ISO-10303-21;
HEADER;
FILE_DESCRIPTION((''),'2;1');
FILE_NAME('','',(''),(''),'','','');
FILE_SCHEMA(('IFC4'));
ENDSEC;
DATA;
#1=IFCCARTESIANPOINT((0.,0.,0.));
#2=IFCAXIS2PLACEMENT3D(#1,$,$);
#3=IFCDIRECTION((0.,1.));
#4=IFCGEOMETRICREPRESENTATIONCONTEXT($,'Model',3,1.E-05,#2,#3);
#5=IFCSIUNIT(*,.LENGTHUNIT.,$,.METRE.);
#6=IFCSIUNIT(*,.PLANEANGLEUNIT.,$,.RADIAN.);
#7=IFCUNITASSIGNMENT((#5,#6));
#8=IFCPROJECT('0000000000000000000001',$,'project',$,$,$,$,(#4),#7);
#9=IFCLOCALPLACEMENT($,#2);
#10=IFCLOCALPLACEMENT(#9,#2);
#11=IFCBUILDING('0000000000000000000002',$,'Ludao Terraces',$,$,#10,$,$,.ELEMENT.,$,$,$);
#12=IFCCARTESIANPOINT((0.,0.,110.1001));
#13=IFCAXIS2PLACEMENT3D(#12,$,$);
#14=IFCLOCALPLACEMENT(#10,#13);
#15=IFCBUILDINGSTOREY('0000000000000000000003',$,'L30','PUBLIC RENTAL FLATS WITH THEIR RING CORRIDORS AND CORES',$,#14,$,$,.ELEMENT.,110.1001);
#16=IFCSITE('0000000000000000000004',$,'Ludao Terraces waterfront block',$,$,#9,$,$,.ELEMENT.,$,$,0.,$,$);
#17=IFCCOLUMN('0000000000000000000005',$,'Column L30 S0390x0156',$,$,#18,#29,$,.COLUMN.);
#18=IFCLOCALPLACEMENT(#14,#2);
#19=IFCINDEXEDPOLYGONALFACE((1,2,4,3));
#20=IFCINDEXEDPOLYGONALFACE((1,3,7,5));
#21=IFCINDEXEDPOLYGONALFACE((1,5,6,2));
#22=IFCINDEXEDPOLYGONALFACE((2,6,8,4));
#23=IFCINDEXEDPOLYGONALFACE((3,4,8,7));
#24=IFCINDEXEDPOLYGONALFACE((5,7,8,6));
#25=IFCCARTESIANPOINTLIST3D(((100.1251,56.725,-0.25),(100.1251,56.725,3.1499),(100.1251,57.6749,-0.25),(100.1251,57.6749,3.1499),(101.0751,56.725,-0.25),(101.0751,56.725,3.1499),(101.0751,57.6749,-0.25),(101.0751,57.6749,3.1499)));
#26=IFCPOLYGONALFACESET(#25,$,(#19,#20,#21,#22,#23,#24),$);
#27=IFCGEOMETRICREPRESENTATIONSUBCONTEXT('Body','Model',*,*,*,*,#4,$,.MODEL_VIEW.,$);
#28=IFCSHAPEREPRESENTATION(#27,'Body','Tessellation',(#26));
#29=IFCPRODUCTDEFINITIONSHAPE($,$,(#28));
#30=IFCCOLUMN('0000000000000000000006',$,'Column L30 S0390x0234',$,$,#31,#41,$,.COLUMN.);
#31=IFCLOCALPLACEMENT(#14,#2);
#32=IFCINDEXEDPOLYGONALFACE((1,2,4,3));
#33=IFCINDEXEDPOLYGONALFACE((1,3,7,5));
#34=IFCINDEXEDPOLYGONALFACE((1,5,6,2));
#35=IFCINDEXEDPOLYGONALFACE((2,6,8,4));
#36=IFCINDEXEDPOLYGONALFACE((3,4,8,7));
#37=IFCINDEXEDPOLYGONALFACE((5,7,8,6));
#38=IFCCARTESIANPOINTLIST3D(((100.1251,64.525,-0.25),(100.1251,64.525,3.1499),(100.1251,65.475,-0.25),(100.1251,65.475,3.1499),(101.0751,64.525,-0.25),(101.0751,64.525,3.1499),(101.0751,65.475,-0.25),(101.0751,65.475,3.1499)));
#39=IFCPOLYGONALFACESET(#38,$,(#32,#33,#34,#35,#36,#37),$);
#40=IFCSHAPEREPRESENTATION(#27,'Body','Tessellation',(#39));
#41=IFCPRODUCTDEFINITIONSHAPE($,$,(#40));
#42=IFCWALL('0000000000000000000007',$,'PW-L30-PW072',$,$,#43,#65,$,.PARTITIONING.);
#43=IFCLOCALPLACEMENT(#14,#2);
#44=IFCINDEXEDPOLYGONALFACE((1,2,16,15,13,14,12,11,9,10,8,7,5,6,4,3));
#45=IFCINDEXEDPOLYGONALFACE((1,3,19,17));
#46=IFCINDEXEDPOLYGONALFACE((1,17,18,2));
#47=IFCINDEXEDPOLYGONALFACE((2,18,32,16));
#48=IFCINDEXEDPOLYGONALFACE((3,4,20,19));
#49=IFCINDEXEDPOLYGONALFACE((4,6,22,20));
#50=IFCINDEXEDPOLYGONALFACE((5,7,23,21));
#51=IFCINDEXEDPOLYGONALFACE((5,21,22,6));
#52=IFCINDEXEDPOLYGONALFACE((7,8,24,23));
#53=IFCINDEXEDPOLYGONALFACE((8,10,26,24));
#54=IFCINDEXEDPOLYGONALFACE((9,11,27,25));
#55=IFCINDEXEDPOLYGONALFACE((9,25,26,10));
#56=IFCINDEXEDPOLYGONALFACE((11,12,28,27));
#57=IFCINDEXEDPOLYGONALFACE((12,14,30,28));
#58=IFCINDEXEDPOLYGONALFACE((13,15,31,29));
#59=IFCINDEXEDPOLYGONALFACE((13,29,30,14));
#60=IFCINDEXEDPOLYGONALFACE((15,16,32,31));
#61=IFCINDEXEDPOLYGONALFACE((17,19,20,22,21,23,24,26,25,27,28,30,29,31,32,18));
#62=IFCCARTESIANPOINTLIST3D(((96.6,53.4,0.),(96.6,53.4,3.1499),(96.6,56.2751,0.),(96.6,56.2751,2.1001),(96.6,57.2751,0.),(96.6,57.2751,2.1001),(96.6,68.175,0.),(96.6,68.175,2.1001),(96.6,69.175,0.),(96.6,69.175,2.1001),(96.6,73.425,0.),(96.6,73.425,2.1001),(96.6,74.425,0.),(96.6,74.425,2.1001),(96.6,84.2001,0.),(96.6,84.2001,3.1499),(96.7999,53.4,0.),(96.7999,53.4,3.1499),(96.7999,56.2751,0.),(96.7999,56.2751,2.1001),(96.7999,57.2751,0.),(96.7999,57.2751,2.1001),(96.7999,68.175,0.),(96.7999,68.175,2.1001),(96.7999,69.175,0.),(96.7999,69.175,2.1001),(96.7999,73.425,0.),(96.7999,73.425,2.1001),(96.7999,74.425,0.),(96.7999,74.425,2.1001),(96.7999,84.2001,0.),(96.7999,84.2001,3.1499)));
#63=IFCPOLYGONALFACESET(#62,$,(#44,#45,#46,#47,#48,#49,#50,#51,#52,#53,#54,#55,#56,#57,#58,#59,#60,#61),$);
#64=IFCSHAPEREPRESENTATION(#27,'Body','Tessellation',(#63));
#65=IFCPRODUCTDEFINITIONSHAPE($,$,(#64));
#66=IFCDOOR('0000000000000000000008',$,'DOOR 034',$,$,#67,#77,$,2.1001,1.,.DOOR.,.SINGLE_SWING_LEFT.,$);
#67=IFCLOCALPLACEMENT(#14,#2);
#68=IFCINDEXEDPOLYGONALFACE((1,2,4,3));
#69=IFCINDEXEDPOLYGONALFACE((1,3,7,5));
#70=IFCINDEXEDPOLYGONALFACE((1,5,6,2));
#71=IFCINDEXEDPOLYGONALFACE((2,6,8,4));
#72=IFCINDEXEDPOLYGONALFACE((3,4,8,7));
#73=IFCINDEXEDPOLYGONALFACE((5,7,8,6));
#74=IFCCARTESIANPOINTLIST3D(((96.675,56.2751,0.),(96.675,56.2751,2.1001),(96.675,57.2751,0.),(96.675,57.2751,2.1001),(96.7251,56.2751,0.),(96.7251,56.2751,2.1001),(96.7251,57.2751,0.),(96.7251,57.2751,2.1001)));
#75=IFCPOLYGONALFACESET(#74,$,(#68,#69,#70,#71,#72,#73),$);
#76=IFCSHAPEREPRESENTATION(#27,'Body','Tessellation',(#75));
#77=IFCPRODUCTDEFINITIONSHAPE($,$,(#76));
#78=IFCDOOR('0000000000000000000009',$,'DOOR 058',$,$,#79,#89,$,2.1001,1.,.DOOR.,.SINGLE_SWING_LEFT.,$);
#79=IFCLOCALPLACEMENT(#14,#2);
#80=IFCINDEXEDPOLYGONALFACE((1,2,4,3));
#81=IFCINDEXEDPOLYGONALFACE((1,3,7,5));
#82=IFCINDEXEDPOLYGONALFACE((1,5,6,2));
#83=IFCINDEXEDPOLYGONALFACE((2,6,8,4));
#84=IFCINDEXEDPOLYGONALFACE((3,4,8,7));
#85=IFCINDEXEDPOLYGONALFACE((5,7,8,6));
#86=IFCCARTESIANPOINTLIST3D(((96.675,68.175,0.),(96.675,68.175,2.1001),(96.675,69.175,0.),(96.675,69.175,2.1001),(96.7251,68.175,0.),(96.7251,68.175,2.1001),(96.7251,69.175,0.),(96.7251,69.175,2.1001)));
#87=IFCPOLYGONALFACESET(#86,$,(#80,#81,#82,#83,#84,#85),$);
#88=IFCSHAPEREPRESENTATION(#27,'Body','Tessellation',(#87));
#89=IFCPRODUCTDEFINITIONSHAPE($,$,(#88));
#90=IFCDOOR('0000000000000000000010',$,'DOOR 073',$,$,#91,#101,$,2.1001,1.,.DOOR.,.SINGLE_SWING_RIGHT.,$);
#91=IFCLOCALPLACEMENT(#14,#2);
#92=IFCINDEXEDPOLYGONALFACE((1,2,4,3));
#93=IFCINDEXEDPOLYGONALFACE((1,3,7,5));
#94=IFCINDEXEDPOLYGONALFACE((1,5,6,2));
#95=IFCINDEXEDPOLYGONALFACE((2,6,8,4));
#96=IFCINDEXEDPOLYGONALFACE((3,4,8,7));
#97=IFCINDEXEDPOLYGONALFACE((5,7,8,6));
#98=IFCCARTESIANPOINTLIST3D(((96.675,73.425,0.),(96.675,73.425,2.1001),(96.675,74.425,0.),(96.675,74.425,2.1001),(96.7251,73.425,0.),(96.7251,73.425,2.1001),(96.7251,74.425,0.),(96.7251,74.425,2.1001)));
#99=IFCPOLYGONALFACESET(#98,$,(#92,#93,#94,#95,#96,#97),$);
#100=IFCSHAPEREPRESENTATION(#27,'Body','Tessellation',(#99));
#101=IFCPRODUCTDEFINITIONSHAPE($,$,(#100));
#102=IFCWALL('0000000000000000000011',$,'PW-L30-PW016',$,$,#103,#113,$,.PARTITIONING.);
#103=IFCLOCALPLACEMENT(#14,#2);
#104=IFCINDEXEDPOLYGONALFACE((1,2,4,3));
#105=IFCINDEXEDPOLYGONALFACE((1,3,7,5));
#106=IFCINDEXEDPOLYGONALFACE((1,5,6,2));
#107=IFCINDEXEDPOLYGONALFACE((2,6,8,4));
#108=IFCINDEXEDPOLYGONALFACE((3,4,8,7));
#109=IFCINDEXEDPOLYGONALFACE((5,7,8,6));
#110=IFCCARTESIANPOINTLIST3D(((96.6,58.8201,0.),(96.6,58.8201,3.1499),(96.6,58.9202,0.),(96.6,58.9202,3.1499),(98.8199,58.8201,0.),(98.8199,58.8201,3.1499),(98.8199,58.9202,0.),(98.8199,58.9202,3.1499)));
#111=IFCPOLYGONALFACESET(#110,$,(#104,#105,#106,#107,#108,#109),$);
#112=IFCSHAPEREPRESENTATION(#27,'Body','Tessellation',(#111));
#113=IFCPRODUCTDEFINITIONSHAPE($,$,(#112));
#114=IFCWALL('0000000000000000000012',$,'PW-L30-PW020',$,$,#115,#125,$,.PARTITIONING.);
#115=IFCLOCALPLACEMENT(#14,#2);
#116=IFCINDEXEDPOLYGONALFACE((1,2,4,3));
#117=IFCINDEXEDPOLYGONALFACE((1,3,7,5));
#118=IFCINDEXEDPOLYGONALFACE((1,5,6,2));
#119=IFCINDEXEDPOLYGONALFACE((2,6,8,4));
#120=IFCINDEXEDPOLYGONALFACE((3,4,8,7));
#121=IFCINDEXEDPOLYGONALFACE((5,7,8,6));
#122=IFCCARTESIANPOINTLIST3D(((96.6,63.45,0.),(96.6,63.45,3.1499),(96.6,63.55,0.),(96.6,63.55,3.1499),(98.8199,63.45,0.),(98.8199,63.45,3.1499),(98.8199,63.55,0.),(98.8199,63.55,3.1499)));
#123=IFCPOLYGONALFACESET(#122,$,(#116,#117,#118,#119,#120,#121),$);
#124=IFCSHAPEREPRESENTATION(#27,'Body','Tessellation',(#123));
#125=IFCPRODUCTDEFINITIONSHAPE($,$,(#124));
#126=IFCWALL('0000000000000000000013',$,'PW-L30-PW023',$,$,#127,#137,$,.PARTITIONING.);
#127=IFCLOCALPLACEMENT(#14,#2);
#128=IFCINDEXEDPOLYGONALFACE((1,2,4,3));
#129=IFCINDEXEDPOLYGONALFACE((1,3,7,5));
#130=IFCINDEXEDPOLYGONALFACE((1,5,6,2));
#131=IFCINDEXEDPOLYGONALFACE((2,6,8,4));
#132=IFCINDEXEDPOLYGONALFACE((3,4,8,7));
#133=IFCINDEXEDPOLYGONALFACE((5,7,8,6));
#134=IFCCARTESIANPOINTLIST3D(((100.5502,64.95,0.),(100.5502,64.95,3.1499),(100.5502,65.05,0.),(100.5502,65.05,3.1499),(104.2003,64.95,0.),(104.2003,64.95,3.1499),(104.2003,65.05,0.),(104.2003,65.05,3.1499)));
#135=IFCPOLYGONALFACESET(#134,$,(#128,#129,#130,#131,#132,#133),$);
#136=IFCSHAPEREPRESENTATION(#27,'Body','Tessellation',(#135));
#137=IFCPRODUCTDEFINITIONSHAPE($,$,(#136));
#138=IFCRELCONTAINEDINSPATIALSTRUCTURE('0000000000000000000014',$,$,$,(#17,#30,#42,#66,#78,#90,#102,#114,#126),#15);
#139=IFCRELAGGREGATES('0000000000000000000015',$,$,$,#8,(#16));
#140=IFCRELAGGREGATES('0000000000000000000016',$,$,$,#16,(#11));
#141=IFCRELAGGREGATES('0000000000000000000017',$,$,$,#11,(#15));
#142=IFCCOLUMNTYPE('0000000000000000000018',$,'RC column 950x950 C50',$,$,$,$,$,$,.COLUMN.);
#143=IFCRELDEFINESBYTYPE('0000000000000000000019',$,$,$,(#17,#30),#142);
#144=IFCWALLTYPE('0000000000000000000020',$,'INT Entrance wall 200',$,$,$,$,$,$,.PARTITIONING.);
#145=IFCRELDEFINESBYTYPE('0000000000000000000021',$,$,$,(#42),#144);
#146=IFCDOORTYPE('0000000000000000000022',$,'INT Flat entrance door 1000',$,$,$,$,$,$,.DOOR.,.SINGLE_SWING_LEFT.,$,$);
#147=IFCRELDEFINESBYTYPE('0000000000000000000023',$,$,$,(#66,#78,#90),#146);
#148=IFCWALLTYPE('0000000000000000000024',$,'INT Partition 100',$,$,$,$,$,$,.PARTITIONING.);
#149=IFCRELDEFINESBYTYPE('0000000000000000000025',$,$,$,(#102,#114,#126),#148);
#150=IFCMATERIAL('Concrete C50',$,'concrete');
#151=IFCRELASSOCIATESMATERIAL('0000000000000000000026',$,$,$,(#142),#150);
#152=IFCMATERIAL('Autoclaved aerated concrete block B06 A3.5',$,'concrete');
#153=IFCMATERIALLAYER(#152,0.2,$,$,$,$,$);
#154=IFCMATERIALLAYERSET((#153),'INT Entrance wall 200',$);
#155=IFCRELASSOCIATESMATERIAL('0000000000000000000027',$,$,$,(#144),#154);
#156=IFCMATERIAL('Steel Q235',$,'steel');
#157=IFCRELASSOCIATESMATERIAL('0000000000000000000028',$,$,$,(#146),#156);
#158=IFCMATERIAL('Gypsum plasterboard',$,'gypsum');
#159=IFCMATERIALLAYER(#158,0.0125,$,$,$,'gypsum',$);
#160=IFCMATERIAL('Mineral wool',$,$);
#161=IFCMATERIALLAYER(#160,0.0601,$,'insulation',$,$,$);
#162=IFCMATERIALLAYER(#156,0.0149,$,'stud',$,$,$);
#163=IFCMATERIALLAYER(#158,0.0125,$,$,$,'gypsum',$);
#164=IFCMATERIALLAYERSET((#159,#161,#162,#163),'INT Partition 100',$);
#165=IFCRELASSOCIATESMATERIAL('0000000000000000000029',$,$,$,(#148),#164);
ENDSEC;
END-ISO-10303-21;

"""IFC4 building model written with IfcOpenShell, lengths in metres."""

from ifc_helpers import new_model, si_unit, direction, frame, frame_2d, origin, origin_2d, place, context, subcontext, project, spatial, rectangle, extrude, material, layer, layer_set, material_profile, profile_set, type_object, element, fill, save


model = new_model("IFC4")

# Units and contexts
model_context = context("Model", 3, precision=1e-05, world=origin(), true_north=direction((0.0, 1.0)))
body_context = subcontext(model_context, "Body", "Model", "MODEL_VIEW")
ifc_project = project(units=[si_unit("LENGTHUNIT", "METRE"), si_unit("PLANEANGLEUNIT", "RADIAN")], contexts=[model_context])

# Site, building, storey
site_placement = place(None, origin())
site = spatial("IfcSite", under=ifc_project, at=site_placement, Name="Ludao Terraces waterfront block", CompositionType="ELEMENT", RefElevation=0.0)
building_placement = place(site_placement, origin())
building = spatial("IfcBuilding", under=site, at=building_placement, Name="Ludao Terraces", CompositionType="ELEMENT")
storey_placement = place(building_placement, frame((0.0, 0.0, 110.1001)))
storey = spatial("IfcBuildingStorey", under=building, at=storey_placement, Name="L30", Description="PUBLIC RENTAL FLATS WITH THEIR RING CORRIDORS AND CORES", CompositionType="ELEMENT", Elevation=110.1001)

# Columns
ifc_material_1 = material(Name="Concrete C50", Category="concrete")
ifc_material_profile = material_profile(ifc_material_1, rectangle(XDim=0.95, YDim=0.95, at=origin_2d()), Name="950 X 950")
ifc_profile_set = profile_set([ifc_material_profile], Name="Concrete C50")
column_type = type_object("IfcColumnType", Name="RC column 950x950 C50", PredefinedType="COLUMN", material=ifc_profile_set)
for number, where, z_axis, x_axis, name in (
    (1, (100.6001, 57.2, -0.25), (0.0, 0.0, 1.0), (1.0, 0.0, 0.0), "Column L30 S0390x0156"),
    (2, (100.6001, 65.0, -0.25), (0.0, 0.0, 1.0), (1.0, 0.0, 0.0), "Column L30 S0390x0234"),
):
    element("IfcColumn", number, at=place(storey_placement, frame(where, z_axis=z_axis, x_axis=x_axis)), inside=storey, type_object=column_type, Name=name, PredefinedType="COLUMN", context=body_context, shape_type="SweptSolid", body=[
        extrude(rectangle(XDim=0.95, YDim=0.95, at=origin_2d()), origin(), (0.0, 0.0, 1.0), 3.3999),
    ])

# Shared definitions
ifc_material_2 = material(Name="Mineral wool")

# Wall, openings, doors
ifc_material_3 = material(Name="Autoclaved aerated concrete block B06 A3.5", Category="concrete")
ifc_layer_1 = layer(ifc_material_3, 0.2)
ifc_layer_set_1 = layer_set([ifc_layer_1], Name="INT Entrance wall 200")
wall_type_1 = type_object("IfcWallType", Name="INT Entrance wall 200", PredefinedType="PARTITIONING", material=ifc_layer_set_1)
wall_1_placement = place(storey_placement, frame((96.7, 53.4001, 0.0), z_axis=(0.0, 0.0, 1.0), x_axis=(0.0, 1.0, 0.0)))
wall_1 = element("IfcWall", 3, at=wall_1_placement, inside=storey, type_object=wall_type_1, Name="PW-L30-PW072", PredefinedType="PARTITIONING", context=body_context, shape_type="SweptSolid", body=[
    extrude(rectangle(XDim=30.8, YDim=0.2, at=frame_2d((15.3999, 0.0))), origin(), (0.0, 0.0, 1.0), 3.1499),
])
opening_1_placement = place(wall_1_placement, frame((2.875, 0.0, 0.0)))
opening_1 = element("IfcOpeningElement", 4, at=opening_1_placement, cuts=wall_1, PredefinedType="OPENING", context=body_context, shape_type="SweptSolid", body=[
    extrude(rectangle(XDim=1.0, YDim=2.1001, at=frame_2d((0.5, 1.05))), frame((0.0, 0.1099, 0.0), z_axis=(0.0, -1.0, 0.0), x_axis=(1.0, 0.0, 0.0)), (0.0, 0.0, 1.0), 0.22),
])
opening_2_placement = place(wall_1_placement, frame((14.7749, 0.0, 0.0)))
opening_2 = element("IfcOpeningElement", 5, at=opening_2_placement, cuts=wall_1, PredefinedType="OPENING", context=body_context, shape_type="SweptSolid", body=[
    extrude(rectangle(XDim=1.0, YDim=2.1001, at=frame_2d((0.5, 1.05))), frame((0.0, 0.1099, 0.0), z_axis=(0.0, -1.0, 0.0), x_axis=(1.0, 0.0, 0.0)), (0.0, 0.0, 1.0), 0.22),
])
opening_3_placement = place(wall_1_placement, frame((20.0249, 0.0, 0.0)))
opening_3 = element("IfcOpeningElement", 6, at=opening_3_placement, cuts=wall_1, PredefinedType="OPENING", context=body_context, shape_type="SweptSolid", body=[
    extrude(rectangle(XDim=1.0, YDim=2.1001, at=frame_2d((0.5, 1.05))), frame((0.0, 0.1099, 0.0), z_axis=(0.0, -1.0, 0.0), x_axis=(1.0, 0.0, 0.0)), (0.0, 0.0, 1.0), 0.22),
])
ifc_material_4 = material(Name="Steel Q235", Category="steel")
door_type_1 = type_object("IfcDoorType", Name="INT Flat entrance door 1000", OperationType="SINGLE_SWING_LEFT", PredefinedType="DOOR", material=ifc_material_4)
door_1_placement = place(opening_1_placement, origin())
door_1 = element("IfcDoor", 7, at=door_1_placement, inside=storey, type_object=door_type_1, Name="DOOR 034", OperationType="SINGLE_SWING_LEFT", OverallHeight=2.1001, OverallWidth=1.0, PredefinedType="DOOR", context=body_context, shape_type="SweptSolid", body=[
    extrude(rectangle(XDim=1.0, YDim=2.1001, at=frame_2d((0.5, 1.05))), frame((0.0, 0.0249, 0.0), z_axis=(0.0, -1.0, 0.0), x_axis=(1.0, 0.0, 0.0)), (0.0, 0.0, 1.0), 0.05),
])
fill(opening_1, door_1)
door_2_placement = place(opening_2_placement, origin())
door_2 = element("IfcDoor", 8, at=door_2_placement, inside=storey, type_object=door_type_1, Name="DOOR 058", OperationType="SINGLE_SWING_LEFT", OverallHeight=2.1001, OverallWidth=1.0, PredefinedType="DOOR", context=body_context, shape_type="SweptSolid", body=[
    extrude(rectangle(XDim=1.0, YDim=2.1001, at=frame_2d((0.5, 1.05))), frame((0.0, 0.0249, 0.0), z_axis=(0.0, -1.0, 0.0), x_axis=(1.0, 0.0, 0.0)), (0.0, 0.0, 1.0), 0.05),
])
fill(opening_2, door_2)
door_3_placement = place(opening_3_placement, origin())
door_3 = element("IfcDoor", 9, at=door_3_placement, inside=storey, type_object=door_type_1, Name="DOOR 073", OperationType="SINGLE_SWING_RIGHT", OverallHeight=2.1001, OverallWidth=1.0, PredefinedType="DOOR", context=body_context, shape_type="SweptSolid", body=[
    extrude(rectangle(XDim=1.0, YDim=2.1001, at=frame_2d((0.5, 1.05))), frame((0.0, 0.0249, 0.0), z_axis=(0.0, -1.0, 0.0), x_axis=(1.0, 0.0, 0.0)), (0.0, 0.0, 1.0), 0.05),
])
fill(opening_3, door_3)

# Walls
ifc_material_5 = material(Name="Gypsum plasterboard", Category="gypsum")
ifc_layer_2 = layer(ifc_material_5, 0.0125, Category="gypsum")
ifc_layer_3 = layer(ifc_material_2, 0.0601, Name="insulation")
ifc_layer_4 = layer(ifc_material_4, 0.0149, Name="stud")
ifc_layer_5 = layer(ifc_material_5, 0.0125, Category="gypsum")
ifc_layer_set_2 = layer_set([ifc_layer_2, ifc_layer_3, ifc_layer_4, ifc_layer_5], Name="INT Partition 100")
wall_type_2 = type_object("IfcWallType", Name="INT Partition 100", PredefinedType="PARTITIONING", material=ifc_layer_set_2)
for number, where, z_axis, x_axis, name in (
    (10, (96.6001, 58.8701, 0.0), (0.0, 0.0, 1.0), (1.0, 0.0, 0.0), "PW-L30-PW016"),
    (11, (96.6001, 63.5, 0.0), (0.0, 0.0, 1.0), (1.0, 0.0, 0.0), "PW-L30-PW020"),
):
    element("IfcWall", number, at=place(storey_placement, frame(where, z_axis=z_axis, x_axis=x_axis)), inside=storey, type_object=wall_type_2, Name=name, PredefinedType="PARTITIONING", context=body_context, shape_type="SweptSolid", body=[
        extrude(rectangle(XDim=2.22, YDim=0.1001, at=frame_2d((1.1099, 0.0))), origin(), (0.0, 0.0, 1.0), 3.1499),
    ])
wall_2_placement = place(storey_placement, frame((100.55, 65.0, 0.0), z_axis=(0.0, 0.0, 1.0), x_axis=(1.0, 0.0, 0.0)))
element("IfcWall", 12, at=wall_2_placement, inside=storey, type_object=wall_type_2, Name="PW-L30-PW023", PredefinedType="PARTITIONING", context=body_context, shape_type="SweptSolid", body=[
    extrude(rectangle(XDim=3.6501, YDim=0.1001, at=frame_2d((1.8252, 0.0))), origin(), (0.0, 0.0, 1.0), 3.1499),
])

save(model, "model.ifc")
